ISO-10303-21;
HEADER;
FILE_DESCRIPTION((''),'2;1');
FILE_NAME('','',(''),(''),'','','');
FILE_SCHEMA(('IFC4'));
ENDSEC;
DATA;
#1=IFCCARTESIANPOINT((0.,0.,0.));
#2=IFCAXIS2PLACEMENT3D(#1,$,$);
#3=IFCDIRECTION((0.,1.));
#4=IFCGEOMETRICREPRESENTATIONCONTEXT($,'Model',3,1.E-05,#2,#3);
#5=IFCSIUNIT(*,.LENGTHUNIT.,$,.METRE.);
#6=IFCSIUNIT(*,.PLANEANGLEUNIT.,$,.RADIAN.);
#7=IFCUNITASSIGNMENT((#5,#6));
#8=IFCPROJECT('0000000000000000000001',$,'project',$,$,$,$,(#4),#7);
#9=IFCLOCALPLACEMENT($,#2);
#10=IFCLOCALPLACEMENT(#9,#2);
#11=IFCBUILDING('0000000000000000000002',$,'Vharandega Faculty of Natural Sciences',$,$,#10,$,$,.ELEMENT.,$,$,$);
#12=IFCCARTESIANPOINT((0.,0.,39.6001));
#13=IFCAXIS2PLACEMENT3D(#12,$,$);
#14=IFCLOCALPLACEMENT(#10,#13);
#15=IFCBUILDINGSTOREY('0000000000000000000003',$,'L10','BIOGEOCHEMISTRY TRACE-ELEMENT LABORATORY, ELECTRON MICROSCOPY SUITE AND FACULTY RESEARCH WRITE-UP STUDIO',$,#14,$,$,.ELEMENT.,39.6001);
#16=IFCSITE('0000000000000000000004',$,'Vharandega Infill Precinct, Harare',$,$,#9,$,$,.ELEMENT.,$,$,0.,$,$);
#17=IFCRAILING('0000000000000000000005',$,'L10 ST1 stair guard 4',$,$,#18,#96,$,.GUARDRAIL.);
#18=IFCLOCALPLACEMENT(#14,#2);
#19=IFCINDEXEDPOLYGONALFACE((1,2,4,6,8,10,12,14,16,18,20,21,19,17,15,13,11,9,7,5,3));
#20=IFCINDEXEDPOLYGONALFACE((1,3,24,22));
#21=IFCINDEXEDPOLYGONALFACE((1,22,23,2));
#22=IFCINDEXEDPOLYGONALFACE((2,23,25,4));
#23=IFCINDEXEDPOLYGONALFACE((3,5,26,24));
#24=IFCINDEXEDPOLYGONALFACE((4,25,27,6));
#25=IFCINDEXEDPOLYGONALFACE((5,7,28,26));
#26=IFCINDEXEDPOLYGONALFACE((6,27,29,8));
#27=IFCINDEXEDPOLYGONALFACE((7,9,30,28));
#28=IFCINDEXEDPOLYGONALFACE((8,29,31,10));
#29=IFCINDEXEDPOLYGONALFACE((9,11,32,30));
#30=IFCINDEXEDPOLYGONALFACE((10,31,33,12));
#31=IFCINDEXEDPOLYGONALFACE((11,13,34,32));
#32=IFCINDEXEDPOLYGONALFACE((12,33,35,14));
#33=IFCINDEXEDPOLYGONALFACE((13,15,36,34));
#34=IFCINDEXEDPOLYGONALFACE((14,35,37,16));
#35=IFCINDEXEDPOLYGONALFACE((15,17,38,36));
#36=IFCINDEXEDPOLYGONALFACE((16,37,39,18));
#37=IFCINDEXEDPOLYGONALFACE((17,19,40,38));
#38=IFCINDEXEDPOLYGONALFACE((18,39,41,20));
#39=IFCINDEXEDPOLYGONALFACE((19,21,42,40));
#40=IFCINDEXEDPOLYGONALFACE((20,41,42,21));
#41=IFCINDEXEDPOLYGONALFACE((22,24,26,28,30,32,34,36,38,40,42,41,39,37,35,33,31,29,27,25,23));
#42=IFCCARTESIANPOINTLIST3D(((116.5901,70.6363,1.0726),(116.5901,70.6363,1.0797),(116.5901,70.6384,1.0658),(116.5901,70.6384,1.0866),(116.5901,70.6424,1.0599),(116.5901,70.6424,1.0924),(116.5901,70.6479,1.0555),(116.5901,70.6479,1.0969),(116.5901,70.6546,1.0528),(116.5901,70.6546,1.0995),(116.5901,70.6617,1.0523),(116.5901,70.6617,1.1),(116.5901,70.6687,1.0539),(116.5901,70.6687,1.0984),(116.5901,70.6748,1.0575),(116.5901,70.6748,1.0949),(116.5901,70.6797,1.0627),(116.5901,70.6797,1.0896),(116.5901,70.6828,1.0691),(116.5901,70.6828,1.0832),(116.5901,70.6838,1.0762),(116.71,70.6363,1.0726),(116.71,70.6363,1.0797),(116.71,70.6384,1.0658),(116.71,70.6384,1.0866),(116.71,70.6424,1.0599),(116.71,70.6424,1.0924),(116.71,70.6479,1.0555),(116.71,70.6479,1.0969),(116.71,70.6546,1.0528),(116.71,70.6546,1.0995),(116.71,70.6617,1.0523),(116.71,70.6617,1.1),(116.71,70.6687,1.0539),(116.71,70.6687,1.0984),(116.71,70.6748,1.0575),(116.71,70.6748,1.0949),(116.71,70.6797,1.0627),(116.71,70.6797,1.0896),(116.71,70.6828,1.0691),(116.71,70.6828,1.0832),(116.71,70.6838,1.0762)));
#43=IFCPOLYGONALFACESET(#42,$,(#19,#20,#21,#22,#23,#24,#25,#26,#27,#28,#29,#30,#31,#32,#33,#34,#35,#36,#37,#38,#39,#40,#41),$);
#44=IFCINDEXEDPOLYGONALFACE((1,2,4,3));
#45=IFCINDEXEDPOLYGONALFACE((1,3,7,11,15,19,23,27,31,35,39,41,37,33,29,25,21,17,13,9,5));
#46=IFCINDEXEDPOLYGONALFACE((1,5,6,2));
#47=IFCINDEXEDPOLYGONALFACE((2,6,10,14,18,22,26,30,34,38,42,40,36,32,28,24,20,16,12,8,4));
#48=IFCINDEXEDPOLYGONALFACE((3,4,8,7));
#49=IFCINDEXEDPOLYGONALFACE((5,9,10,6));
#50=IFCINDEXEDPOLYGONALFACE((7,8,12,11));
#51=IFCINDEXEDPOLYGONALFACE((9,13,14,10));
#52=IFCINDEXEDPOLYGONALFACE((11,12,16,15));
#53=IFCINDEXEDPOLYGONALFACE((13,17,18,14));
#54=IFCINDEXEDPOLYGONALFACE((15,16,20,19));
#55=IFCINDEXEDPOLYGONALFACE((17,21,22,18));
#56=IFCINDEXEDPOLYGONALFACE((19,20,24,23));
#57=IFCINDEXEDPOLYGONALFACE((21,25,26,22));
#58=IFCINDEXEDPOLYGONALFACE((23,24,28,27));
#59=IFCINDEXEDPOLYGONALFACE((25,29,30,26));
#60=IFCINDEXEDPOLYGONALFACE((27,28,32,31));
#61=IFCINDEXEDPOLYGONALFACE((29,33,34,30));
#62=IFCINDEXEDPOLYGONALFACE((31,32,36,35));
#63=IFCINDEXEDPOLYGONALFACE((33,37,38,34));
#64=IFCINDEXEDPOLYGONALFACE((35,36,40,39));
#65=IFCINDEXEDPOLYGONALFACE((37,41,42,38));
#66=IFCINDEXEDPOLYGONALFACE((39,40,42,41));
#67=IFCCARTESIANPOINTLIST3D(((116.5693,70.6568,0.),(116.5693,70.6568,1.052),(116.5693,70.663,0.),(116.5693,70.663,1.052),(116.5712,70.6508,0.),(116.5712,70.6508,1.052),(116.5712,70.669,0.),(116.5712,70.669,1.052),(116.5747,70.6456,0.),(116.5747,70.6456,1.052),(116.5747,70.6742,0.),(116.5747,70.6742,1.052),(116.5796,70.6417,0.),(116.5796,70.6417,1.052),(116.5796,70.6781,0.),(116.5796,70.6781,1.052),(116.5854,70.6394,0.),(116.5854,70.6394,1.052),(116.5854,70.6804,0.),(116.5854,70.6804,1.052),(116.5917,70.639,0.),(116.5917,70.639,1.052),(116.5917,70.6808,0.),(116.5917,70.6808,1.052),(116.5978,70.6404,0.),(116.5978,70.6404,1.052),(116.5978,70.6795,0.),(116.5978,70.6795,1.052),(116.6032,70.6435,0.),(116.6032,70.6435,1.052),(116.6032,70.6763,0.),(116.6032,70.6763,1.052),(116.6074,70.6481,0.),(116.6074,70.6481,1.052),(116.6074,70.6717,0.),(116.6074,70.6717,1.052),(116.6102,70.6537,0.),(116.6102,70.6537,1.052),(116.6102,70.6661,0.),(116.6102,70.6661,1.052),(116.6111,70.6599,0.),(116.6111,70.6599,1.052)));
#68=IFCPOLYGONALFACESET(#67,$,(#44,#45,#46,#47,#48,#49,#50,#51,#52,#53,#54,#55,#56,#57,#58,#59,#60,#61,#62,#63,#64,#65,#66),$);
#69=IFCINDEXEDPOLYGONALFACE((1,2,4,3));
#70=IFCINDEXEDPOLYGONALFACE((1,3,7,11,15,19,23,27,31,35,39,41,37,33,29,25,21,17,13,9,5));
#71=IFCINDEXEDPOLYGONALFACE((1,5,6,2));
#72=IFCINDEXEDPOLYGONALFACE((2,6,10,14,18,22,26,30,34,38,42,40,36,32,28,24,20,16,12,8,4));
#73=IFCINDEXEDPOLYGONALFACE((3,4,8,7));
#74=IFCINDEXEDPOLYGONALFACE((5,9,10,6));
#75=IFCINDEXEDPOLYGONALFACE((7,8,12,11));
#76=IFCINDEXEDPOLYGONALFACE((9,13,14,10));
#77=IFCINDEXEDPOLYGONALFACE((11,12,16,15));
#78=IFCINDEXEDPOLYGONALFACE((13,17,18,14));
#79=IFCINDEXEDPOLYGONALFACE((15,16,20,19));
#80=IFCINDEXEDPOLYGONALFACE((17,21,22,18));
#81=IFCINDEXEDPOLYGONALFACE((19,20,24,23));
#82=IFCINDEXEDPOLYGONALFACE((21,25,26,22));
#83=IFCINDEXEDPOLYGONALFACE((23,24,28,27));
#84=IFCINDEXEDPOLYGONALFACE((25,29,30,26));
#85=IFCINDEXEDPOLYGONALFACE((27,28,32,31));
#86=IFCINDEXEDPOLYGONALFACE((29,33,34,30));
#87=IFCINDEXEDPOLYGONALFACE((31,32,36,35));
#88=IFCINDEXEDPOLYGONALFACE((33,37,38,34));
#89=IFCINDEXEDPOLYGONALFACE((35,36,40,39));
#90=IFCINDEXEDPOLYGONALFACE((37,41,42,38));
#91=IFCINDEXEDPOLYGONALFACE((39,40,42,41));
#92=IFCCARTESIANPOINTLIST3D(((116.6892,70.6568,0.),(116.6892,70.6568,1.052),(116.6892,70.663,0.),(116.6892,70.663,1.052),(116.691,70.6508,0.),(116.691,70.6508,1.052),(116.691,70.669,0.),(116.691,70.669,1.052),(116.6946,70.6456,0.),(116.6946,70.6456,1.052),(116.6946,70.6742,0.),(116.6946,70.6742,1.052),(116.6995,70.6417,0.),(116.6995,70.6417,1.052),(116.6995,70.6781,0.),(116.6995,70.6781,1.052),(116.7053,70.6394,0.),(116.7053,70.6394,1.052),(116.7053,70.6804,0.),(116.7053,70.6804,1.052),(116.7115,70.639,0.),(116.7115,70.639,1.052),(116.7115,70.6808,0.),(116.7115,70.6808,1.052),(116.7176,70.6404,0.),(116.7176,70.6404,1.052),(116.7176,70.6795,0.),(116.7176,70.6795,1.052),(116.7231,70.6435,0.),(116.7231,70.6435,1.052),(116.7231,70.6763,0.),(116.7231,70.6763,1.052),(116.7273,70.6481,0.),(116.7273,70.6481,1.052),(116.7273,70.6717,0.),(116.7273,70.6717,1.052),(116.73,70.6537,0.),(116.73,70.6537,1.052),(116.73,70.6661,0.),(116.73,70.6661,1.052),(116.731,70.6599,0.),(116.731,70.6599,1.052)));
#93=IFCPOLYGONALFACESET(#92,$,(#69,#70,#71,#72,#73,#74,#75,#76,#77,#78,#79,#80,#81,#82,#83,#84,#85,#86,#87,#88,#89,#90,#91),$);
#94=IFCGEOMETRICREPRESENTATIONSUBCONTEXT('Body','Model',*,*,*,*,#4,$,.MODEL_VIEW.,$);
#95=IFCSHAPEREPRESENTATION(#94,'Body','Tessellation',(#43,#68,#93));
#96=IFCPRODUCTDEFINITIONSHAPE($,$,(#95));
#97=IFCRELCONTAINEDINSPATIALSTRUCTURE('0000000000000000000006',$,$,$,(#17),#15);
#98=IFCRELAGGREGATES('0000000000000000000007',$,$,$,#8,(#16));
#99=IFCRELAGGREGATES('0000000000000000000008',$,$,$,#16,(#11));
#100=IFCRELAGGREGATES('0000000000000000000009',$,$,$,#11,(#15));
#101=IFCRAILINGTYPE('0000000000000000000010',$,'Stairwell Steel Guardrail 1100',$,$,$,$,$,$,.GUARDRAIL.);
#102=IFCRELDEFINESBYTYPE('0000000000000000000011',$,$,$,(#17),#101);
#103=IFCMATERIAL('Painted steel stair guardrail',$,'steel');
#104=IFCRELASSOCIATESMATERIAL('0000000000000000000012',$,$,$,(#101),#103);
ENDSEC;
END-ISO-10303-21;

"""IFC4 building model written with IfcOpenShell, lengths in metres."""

from ifc_helpers import new_model, si_unit, direction, frame, origin, origin_2d, place, context, subcontext, project, spatial, circle, extrude, material, type_object, element, save


model = new_model("IFC4")

# Units and contexts
model_context = context("Model", 3, precision=1e-05, world=origin(), true_north=direction((0.0, 1.0)))
body_context = subcontext(model_context, "Body", "Model", "MODEL_VIEW")
ifc_project = project(units=[si_unit("LENGTHUNIT", "METRE"), si_unit("PLANEANGLEUNIT", "RADIAN")], contexts=[model_context])

# Site, building, storey
site_placement = place(None, origin())
site = spatial("IfcSite", under=ifc_project, at=site_placement, Name="Vharandega Infill Precinct, Harare", CompositionType="ELEMENT", RefElevation=0.0)
building_placement = place(site_placement, origin())
building = spatial("IfcBuilding", under=site, at=building_placement, Name="Vharandega Faculty of Natural Sciences", CompositionType="ELEMENT")
storey_placement = place(building_placement, frame((0.0, 0.0, 39.6001)))
storey = spatial("IfcBuildingStorey", under=building, at=storey_placement, Name="L10", Description="BIOGEOCHEMISTRY TRACE-ELEMENT LABORATORY, ELECTRON MICROSCOPY SUITE AND FACULTY RESEARCH WRITE-UP STUDIO", CompositionType="ELEMENT", Elevation=39.6001)

# Railing
ifc_material_1 = material(Name="Painted steel stair guardrail", Category="steel")
railing_type_1 = type_object("IfcRailingType", Name="Stairwell Steel Guardrail 1100", PredefinedType="GUARDRAIL", material=ifc_material_1)
railing_1_placement = place(storey_placement, frame((116.5901, 70.6599, 0.0)))
element("IfcRailing", 1, at=railing_1_placement, inside=storey, type_object=railing_type_1, Name="L10 ST1 stair guard 4", PredefinedType="GUARDRAIL", context=body_context, shape_type="SweptSolid", body=[
    extrude(circle(Radius=0.0239, at=origin_2d()), frame((0.0, 0.0, 1.0762), z_axis=(1.0, 0.0, 0.0), x_axis=(0.0, 1.0, 0.0)), (0.0, 0.0, 1.0), 0.1199),
    extrude(circle(Radius=0.021, at=origin_2d()), origin(), (0.0, 0.0, 1.0), 1.052),
    extrude(circle(Radius=0.021, at=origin_2d()), frame((0.1199, 0.0, 0.0)), (0.0, 0.0, 1.0), 1.052),
])

save(model, "model.ifc")
